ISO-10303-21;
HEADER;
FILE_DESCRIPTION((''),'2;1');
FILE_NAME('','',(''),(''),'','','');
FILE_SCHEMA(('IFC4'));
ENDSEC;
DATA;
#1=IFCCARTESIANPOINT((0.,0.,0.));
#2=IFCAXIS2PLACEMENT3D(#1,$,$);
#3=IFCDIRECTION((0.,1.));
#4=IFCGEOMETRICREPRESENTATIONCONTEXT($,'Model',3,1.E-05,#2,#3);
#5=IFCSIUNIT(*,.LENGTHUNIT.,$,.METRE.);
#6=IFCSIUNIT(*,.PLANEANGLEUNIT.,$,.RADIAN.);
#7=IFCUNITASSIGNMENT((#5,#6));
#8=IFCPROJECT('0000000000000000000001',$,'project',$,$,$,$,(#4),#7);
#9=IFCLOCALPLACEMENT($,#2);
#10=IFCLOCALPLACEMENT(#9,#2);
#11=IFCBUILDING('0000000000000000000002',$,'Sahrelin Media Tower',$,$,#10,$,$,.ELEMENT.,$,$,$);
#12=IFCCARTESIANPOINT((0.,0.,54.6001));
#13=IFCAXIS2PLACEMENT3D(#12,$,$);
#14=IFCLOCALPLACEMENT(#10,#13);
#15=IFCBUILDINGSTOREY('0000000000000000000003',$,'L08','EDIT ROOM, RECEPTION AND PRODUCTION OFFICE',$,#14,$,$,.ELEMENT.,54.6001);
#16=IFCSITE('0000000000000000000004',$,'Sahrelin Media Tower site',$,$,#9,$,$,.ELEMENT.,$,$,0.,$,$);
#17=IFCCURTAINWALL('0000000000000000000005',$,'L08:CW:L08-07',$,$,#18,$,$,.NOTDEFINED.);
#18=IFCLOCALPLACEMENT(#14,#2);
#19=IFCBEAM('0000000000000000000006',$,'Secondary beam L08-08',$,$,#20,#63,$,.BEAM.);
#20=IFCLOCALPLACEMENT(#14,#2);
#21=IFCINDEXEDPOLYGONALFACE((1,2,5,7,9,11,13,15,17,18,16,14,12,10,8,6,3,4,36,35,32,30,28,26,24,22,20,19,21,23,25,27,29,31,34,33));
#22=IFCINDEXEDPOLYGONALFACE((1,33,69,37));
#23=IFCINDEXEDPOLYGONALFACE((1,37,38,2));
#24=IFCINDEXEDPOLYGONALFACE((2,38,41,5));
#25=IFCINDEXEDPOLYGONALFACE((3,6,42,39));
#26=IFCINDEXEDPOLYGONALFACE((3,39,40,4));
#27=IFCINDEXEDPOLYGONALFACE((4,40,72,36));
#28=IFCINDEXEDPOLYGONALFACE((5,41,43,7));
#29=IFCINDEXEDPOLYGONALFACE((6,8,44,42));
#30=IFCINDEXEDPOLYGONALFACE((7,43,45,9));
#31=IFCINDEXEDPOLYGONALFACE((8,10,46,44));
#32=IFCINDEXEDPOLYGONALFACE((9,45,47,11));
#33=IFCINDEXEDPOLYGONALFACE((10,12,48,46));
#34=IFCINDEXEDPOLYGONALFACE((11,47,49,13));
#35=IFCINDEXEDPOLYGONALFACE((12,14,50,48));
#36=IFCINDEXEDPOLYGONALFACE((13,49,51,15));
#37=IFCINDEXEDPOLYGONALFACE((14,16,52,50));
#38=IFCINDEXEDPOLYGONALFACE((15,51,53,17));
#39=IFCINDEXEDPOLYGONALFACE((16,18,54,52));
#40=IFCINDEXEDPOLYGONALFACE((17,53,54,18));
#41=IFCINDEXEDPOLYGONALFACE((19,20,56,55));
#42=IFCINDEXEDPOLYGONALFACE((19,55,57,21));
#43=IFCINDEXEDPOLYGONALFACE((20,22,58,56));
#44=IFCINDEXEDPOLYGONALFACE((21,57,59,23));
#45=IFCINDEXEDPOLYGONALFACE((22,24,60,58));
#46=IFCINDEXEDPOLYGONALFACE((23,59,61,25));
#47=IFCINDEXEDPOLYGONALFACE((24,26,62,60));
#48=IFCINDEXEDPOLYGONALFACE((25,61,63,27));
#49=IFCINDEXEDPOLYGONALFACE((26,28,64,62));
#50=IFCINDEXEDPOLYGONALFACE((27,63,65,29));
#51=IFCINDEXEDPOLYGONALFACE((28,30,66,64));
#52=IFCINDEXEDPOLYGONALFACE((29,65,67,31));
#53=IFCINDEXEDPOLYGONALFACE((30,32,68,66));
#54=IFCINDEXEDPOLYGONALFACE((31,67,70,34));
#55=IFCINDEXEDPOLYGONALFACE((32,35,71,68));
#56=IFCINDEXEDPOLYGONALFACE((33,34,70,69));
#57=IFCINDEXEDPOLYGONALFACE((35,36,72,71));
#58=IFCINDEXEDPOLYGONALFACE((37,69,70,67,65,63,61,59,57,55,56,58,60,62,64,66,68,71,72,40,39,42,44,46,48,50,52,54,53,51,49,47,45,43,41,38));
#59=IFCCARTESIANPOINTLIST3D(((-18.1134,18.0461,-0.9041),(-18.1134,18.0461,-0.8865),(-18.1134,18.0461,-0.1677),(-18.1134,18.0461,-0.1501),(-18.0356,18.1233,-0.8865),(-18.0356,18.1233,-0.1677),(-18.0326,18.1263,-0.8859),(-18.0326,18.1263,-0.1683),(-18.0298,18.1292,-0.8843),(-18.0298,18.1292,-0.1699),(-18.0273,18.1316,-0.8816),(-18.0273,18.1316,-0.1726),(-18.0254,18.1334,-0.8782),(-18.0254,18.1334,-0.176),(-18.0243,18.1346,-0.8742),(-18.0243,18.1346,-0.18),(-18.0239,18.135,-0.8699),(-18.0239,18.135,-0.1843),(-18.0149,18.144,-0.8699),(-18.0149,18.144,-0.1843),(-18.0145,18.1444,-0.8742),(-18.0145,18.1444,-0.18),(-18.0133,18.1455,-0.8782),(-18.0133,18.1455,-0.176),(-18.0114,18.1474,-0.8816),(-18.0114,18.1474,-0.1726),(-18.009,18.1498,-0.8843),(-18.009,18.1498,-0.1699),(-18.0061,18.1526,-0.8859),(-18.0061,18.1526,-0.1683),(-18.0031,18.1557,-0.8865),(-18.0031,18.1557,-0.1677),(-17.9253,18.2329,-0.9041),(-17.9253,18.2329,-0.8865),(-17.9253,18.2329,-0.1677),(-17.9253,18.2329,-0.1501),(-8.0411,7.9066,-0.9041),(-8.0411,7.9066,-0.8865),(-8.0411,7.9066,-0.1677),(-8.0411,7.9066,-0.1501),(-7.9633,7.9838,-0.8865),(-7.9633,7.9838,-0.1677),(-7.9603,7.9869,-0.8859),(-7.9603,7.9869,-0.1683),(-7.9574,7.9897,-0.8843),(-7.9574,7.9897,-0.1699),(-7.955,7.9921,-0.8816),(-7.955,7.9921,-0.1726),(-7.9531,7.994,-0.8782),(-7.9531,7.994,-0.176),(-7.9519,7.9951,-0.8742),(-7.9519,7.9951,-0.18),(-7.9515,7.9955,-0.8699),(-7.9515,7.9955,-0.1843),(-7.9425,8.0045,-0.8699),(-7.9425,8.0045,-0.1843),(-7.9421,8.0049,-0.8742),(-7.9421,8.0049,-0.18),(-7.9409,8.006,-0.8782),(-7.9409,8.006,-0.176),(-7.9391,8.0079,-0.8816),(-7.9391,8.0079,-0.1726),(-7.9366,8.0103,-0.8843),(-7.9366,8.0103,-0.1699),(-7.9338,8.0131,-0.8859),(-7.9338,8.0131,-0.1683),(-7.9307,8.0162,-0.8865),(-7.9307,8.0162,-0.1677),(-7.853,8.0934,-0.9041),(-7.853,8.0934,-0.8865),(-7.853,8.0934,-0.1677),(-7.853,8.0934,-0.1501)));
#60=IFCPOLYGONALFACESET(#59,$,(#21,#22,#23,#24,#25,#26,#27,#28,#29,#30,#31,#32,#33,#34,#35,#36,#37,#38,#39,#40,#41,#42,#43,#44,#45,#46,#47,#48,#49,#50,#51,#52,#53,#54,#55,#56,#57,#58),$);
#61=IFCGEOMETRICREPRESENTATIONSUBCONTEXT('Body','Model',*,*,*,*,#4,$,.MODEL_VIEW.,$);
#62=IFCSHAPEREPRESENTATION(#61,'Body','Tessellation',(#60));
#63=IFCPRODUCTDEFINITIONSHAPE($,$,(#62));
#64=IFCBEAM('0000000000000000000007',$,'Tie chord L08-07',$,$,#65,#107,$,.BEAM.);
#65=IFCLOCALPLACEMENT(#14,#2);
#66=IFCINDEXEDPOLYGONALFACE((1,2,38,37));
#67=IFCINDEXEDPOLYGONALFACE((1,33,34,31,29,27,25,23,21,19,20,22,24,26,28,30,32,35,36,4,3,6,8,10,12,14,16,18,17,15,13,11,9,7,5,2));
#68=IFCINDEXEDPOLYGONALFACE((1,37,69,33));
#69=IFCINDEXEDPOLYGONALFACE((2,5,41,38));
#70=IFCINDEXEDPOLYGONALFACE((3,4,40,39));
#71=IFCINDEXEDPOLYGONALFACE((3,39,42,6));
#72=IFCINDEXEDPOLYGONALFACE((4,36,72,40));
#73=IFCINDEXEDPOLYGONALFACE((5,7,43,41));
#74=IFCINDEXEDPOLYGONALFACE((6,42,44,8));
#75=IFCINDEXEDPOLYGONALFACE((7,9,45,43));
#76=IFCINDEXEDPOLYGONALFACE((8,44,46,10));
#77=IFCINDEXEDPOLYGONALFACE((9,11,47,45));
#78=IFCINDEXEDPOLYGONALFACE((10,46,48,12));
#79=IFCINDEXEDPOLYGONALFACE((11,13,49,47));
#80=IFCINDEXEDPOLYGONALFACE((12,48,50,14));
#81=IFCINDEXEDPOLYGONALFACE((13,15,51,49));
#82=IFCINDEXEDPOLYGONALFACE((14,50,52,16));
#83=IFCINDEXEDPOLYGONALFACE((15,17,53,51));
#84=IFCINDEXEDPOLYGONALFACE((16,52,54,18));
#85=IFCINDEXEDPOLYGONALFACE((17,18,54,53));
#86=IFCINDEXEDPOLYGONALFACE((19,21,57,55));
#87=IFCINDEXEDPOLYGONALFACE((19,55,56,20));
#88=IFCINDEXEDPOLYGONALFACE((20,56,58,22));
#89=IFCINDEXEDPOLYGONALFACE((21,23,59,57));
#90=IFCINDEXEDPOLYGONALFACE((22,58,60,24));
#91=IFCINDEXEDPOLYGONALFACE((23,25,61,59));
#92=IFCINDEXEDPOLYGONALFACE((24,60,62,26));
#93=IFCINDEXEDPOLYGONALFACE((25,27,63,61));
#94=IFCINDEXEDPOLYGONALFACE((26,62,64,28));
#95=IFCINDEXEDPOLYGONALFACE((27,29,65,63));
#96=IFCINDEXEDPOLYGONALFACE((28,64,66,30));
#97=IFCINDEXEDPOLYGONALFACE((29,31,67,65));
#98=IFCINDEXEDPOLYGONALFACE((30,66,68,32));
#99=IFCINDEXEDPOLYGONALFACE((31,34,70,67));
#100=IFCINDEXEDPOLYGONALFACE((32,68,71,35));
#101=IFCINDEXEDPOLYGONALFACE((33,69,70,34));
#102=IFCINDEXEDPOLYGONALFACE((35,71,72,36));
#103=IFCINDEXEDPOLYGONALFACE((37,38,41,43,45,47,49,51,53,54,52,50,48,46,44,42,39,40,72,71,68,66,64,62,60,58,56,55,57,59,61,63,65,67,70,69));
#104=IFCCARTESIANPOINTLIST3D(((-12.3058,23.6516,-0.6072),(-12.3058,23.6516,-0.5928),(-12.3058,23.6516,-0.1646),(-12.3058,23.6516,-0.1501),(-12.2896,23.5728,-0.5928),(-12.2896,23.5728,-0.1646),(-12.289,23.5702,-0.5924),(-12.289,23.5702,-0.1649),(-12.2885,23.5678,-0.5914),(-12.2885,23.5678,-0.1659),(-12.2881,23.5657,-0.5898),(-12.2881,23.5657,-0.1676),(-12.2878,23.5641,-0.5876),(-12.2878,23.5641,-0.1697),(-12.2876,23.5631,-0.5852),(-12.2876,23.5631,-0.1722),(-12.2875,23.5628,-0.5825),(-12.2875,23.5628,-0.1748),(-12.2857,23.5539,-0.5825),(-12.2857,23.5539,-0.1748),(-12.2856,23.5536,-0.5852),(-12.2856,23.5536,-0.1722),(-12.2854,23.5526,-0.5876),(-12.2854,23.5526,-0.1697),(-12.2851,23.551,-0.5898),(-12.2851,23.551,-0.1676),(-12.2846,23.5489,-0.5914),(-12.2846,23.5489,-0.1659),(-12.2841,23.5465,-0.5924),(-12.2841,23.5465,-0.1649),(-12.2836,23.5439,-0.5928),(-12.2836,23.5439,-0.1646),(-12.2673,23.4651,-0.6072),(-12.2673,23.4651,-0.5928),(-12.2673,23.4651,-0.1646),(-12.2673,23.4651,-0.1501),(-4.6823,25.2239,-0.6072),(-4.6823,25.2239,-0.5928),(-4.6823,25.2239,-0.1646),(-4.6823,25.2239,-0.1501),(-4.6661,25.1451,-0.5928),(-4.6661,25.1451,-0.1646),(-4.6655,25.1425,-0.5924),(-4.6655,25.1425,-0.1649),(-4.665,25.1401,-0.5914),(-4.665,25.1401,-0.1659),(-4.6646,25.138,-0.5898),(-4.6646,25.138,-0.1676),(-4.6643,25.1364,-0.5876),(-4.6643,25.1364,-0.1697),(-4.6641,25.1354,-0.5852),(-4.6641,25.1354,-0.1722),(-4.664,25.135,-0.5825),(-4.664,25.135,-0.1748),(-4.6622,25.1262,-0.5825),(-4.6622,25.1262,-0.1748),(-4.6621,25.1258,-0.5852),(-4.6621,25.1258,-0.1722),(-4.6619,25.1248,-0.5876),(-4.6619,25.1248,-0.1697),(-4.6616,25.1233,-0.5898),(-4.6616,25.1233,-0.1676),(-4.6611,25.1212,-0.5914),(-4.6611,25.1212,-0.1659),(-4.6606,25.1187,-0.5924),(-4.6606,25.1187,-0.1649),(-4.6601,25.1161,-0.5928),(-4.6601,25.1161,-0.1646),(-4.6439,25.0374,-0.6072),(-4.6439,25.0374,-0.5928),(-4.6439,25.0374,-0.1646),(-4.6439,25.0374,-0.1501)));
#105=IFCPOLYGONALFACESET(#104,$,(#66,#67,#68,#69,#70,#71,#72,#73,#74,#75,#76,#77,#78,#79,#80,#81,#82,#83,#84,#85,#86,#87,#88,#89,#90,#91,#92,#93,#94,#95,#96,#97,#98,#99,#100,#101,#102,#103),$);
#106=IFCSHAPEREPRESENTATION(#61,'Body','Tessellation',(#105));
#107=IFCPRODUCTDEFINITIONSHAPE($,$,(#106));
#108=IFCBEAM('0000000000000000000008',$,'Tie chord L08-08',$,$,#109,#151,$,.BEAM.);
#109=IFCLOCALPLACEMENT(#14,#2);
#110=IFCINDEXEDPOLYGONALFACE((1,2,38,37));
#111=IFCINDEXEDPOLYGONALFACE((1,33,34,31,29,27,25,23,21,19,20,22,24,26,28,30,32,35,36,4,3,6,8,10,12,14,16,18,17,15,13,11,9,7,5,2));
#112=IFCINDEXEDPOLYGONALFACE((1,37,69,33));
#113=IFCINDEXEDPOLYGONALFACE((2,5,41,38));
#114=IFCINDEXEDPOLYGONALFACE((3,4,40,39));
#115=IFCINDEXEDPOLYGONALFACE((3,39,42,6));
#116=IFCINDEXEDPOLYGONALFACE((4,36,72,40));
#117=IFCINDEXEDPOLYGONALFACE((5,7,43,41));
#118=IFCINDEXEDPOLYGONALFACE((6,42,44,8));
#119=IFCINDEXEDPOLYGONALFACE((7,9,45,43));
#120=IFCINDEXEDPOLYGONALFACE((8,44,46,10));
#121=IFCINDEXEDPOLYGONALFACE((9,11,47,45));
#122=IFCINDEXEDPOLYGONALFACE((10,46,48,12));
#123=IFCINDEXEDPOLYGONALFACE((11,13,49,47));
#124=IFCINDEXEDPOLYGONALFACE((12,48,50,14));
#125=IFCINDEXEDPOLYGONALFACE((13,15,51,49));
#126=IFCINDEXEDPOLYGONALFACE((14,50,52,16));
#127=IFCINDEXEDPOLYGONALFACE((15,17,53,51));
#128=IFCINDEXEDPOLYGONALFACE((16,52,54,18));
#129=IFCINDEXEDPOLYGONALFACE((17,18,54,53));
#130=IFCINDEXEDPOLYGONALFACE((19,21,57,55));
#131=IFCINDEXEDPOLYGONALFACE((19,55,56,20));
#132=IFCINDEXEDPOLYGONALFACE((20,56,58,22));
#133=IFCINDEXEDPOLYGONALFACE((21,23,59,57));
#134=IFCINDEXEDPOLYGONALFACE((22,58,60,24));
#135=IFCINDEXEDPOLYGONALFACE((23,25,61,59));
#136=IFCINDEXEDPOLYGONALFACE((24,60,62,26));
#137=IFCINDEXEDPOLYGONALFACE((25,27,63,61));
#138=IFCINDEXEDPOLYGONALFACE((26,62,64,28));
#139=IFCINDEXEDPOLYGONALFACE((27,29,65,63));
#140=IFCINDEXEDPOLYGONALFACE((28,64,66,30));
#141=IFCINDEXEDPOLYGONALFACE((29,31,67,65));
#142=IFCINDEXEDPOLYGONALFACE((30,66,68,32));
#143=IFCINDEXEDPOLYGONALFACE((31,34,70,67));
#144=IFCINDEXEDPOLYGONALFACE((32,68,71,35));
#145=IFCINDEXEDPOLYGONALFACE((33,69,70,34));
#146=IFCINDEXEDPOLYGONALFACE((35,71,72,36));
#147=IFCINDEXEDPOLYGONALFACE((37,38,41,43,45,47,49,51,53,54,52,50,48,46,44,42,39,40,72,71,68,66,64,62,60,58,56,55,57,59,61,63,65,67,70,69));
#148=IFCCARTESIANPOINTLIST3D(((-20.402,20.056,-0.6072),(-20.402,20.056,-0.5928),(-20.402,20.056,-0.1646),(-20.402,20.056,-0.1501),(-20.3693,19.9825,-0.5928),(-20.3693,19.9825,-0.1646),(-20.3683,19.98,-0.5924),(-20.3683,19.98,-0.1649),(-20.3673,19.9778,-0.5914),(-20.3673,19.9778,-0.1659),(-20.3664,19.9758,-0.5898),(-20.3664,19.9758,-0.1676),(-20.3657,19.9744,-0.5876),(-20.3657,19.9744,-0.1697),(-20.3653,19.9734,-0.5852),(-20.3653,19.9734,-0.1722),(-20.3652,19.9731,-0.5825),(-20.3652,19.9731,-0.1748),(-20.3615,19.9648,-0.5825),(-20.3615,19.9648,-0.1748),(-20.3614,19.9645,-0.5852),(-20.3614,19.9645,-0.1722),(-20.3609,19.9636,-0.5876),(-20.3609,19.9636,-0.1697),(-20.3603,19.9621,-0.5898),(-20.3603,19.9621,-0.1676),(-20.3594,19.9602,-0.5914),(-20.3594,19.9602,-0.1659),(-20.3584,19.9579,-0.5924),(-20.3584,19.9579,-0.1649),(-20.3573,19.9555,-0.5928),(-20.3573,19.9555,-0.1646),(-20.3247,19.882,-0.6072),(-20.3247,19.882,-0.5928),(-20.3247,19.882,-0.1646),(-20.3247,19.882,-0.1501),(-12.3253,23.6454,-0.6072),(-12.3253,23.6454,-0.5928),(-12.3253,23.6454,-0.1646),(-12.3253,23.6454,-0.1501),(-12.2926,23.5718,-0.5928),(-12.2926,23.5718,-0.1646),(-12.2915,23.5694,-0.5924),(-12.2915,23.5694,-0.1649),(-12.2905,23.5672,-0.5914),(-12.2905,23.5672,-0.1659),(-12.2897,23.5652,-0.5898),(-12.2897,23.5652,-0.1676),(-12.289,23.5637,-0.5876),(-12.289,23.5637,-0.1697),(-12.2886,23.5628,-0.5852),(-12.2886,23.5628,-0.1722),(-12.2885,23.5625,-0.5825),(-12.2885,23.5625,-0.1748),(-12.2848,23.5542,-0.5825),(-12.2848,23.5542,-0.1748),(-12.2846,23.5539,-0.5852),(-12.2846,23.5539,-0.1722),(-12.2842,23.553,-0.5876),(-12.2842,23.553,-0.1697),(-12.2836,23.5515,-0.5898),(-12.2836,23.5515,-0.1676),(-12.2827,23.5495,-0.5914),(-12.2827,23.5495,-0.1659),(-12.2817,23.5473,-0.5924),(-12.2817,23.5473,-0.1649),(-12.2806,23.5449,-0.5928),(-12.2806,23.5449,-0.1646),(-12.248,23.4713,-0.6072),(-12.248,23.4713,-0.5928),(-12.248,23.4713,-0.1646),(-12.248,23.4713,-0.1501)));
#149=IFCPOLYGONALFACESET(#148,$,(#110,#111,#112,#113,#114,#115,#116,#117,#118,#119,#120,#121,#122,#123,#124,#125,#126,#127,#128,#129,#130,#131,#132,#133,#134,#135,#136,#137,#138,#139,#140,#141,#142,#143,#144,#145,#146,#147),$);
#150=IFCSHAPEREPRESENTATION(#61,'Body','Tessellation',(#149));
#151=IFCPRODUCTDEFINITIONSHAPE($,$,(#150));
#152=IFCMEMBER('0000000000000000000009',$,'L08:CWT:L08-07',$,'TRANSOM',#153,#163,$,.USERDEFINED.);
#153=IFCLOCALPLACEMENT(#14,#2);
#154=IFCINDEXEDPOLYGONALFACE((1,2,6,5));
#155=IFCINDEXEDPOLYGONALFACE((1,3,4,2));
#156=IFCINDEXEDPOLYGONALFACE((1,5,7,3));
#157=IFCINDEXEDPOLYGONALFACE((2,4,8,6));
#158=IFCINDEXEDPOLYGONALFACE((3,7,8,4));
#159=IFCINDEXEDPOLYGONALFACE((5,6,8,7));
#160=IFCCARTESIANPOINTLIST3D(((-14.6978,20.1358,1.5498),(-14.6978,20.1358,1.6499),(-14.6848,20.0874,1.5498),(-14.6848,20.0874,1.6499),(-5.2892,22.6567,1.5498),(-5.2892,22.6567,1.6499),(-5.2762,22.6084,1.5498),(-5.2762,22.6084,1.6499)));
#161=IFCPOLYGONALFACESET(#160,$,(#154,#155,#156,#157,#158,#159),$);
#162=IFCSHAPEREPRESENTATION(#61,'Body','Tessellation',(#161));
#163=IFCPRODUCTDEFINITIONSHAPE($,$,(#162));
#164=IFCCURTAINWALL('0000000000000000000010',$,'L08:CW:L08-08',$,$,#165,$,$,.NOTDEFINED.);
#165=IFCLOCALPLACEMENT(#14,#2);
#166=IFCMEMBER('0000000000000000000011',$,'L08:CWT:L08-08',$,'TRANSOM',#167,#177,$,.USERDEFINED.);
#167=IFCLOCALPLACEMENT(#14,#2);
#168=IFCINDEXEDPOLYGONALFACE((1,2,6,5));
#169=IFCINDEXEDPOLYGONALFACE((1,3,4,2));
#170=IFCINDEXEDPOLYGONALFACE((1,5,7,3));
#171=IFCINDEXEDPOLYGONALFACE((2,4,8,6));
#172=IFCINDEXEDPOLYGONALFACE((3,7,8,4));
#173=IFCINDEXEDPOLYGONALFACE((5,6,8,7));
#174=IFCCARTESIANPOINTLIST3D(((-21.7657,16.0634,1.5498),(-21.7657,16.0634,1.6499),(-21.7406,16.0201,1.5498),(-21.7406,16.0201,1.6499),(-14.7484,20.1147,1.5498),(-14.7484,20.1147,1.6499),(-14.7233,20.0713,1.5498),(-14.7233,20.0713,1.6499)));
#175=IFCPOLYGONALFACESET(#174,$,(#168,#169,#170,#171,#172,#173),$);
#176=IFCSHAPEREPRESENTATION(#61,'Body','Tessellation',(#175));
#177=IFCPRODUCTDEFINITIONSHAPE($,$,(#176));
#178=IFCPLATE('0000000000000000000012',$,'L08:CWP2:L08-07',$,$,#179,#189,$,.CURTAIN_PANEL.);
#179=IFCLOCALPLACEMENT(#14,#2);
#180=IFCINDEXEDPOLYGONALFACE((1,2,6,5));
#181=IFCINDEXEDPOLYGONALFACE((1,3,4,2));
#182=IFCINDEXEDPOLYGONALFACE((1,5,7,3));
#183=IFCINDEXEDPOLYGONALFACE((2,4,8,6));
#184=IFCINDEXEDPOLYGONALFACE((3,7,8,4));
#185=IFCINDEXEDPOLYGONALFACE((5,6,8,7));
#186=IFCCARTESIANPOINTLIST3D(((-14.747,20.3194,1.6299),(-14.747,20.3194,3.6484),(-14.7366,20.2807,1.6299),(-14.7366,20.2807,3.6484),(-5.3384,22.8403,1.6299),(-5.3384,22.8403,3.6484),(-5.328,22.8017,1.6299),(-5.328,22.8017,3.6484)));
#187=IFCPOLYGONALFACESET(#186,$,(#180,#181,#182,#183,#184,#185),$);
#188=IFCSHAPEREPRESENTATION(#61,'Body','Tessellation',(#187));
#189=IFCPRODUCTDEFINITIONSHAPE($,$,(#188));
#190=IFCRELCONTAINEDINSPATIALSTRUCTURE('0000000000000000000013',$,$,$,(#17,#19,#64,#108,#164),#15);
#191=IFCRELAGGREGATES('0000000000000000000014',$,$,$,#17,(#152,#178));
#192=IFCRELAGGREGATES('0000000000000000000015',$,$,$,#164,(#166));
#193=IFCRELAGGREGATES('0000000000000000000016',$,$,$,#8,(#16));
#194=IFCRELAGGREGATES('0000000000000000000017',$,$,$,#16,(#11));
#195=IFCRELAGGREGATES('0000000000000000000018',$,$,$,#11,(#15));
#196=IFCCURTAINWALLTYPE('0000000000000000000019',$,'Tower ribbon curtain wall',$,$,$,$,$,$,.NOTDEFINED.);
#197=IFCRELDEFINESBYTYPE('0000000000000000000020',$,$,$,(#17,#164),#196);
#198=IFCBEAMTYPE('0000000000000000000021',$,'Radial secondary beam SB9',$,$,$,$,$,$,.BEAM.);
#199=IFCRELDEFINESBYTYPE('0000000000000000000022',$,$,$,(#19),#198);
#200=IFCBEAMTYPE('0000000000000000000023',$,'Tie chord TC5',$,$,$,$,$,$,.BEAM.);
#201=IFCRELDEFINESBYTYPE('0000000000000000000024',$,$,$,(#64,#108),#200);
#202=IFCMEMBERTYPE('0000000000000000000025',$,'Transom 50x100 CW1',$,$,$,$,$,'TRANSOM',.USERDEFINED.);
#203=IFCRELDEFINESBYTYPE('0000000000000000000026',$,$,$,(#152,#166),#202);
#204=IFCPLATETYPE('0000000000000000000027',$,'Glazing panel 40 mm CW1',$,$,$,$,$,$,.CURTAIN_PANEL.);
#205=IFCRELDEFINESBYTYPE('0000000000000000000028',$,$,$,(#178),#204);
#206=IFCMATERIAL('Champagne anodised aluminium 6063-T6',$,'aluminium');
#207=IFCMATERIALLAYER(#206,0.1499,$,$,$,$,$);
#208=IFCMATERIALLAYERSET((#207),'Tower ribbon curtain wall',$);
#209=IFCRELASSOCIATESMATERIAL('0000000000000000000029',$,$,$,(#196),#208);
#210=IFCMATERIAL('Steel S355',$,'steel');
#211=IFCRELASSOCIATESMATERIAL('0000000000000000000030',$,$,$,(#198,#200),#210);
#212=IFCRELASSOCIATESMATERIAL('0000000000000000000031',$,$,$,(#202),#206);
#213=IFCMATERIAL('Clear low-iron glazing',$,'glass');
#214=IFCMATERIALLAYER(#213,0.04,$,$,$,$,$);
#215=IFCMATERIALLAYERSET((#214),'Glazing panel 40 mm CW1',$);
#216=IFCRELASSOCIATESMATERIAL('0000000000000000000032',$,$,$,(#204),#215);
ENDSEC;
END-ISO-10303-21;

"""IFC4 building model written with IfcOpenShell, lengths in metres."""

from ifc_helpers import new_model, si_unit, direction, frame, origin, origin_2d, place, context, subcontext, project, spatial, polyline, rectangle, i_section, outline, extrude, material, layer, layer_set, material_profile, profile_set, type_object, element, aggregate, save


model = new_model("IFC4")

# Units and contexts
model_context = context("Model", 3, precision=1e-05, world=origin(), true_north=direction((0.0, 1.0)))
body_context = subcontext(model_context, "Body", "Model", "MODEL_VIEW")
ifc_project = project(units=[si_unit("LENGTHUNIT", "METRE"), si_unit("PLANEANGLEUNIT", "RADIAN")], contexts=[model_context])

# Site, building, storey
site_placement = place(None, origin())
site = spatial("IfcSite", under=ifc_project, at=site_placement, Name="Sahrelin Media Tower site", CompositionType="ELEMENT", RefElevation=0.0)
building_placement = place(site_placement, origin())
building = spatial("IfcBuilding", under=site, at=building_placement, Name="Sahrelin Media Tower", CompositionType="ELEMENT")
storey_placement = place(building_placement, frame((0.0, 0.0, 54.6001)))
storey = spatial("IfcBuildingStorey", under=building, at=storey_placement, Name="L08", Description="EDIT ROOM, RECEPTION AND PRODUCTION OFFICE", CompositionType="ELEMENT", Elevation=54.6001)

# Shared definitions
ifc_material_1 = material(Name="Steel S355", Category="steel")

# Curtain wall
ifc_material_2 = material(Name="Champagne anodised aluminium 6063-T6", Category="aluminium")
ifc_layer_1 = layer(ifc_material_2, 0.1499)
ifc_layer_set_1 = layer_set([ifc_layer_1], Name="Tower ribbon curtain wall")
curtain_wall_type = type_object("IfcCurtainWallType", Name="Tower ribbon curtain wall", PredefinedType="NOTDEFINED", material=ifc_layer_set_1)
curtain_wall_1_placement = place(storey_placement, frame((-10.0376, 21.5603, 0.0), z_axis=(0.0, 0.0, 1.0), x_axis=(1.0, 0.0, 0.0)))
curtain_wall_1 = element("IfcCurtainWall", 1, at=curtain_wall_1_placement, inside=storey, type_object=curtain_wall_type, Name="L08:CW:L08-07", PredefinedType="NOTDEFINED")

# Beams
ifc_material_profile_1 = material_profile(ifc_material_1, i_section(OverallWidth=0.2651, OverallDepth=0.7539, WebThickness=0.0127, FlangeThickness=0.0176, FilletRadius=0.0166, at=origin_2d()), Name="UB 762x267x147")
ifc_profile_set_1 = profile_set([ifc_material_profile_1], Name="Steel S355")
beam_type_1 = type_object("IfcBeamType", Name="Radial secondary beam SB9", PredefinedType="BEAM", material=ifc_profile_set_1)
beam_1_placement = place(storey_placement, frame((-7.947, 8.0, -0.5271), z_axis=(-0.704754, 0.709452, 0.0), x_axis=(-0.709452, -0.704754, 0.0)))
element("IfcBeam", 2, at=beam_1_placement, inside=storey, type_object=beam_type_1, Name="Secondary beam L08-08", PredefinedType="BEAM", context=body_context, shape_type="SweptSolid", body=[
    extrude(i_section(OverallWidth=0.2651, OverallDepth=0.7539, WebThickness=0.0127, FlangeThickness=0.0176, FilletRadius=0.0166, at=origin_2d()), origin(), (0.0, 0.0, 1.0), 14.292),
])
ifc_material_profile_2 = material_profile(ifc_material_1, i_section(OverallWidth=0.1904, OverallDepth=0.457, WebThickness=0.009, FlangeThickness=0.0144, FilletRadius=0.0103, at=origin_2d()), Name="UB 457x191x74")
ifc_profile_set_2 = profile_set([ifc_material_profile_2], Name="Steel S355")
beam_type_2 = type_object("IfcBeamType", Name="Tie chord TC5", PredefinedType="BEAM", material=ifc_profile_set_2)
beam_2_placement = place(storey_placement, frame((-4.6631, 25.1306, -0.3787), z_axis=(-0.979388, -0.201987, 0.0), x_axis=(0.201987, -0.979388, 0.0)))
element("IfcBeam", 3, at=beam_2_placement, inside=storey, type_object=beam_type_2, Name="Tie chord L08-07", PredefinedType="BEAM", context=body_context, shape_type="SweptSolid", body=[
    extrude(i_section(OverallWidth=0.1904, OverallDepth=0.457, WebThickness=0.009, FlangeThickness=0.0144, FilletRadius=0.0103, at=origin_2d()), origin(), (0.0, 0.0, 1.0), 7.7839),
])
beam_3_placement = place(storey_placement, frame((-12.2866, 23.5583, -0.3787), z_axis=(-0.913823, -0.406113, 0.0), x_axis=(0.406113, -0.913823, 0.0)))
element("IfcBeam", 4, at=beam_3_placement, inside=storey, type_object=beam_type_2, Name="Tie chord L08-08", PredefinedType="BEAM", context=body_context, shape_type="SweptSolid", body=[
    extrude(i_section(OverallWidth=0.1904, OverallDepth=0.457, WebThickness=0.009, FlangeThickness=0.0144, FilletRadius=0.0103, at=origin_2d()), origin(), (0.0, 0.0, 1.0), 8.8384),
])

# Member
ifc_material_profile_3 = material_profile(ifc_material_2, rectangle(XDim=0.05, YDim=0.1001, at=origin_2d()), Name="Transom 50x100")
ifc_profile_set_3 = profile_set([ifc_material_profile_3], Name="Champagne anodised aluminium 6063-T6")
member_type_1 = type_object("IfcMemberType", Name="Transom 50x100 CW1", ElementType="TRANSOM", PredefinedType="USERDEFINED", material=ifc_profile_set_3)
member_1_placement = place(storey_placement, frame((-5.2827, 22.6326, 1.5999), z_axis=(-0.965927, -0.258814, 0.0), x_axis=(0.258814, -0.965927, 0.0)))
member_1 = element("IfcMember", 5, at=member_1_placement, type_object=member_type_1, Name="L08:CWT:L08-07", ObjectType="TRANSOM", PredefinedType="USERDEFINED", context=body_context, shape_type="SweptSolid", body=[
    extrude(rectangle(XDim=0.05, YDim=0.1001, at=origin_2d()), origin(), (0.0, 0.0, 1.0), 9.7405),
])

# Curtain wall, member
curtain_wall_2_placement = place(storey_placement, frame((-18.342, 18.2363, 0.0), z_axis=(0.0, 0.0, 1.0), x_axis=(1.0, 0.0, 0.0)))
curtain_wall_2 = element("IfcCurtainWall", 6, at=curtain_wall_2_placement, inside=storey, type_object=curtain_wall_type, Name="L08:CW:L08-08", PredefinedType="NOTDEFINED")
member_2_placement = place(storey_placement, frame((-14.7358, 20.093, 1.5999), z_axis=(-0.866036, -0.499982, 0.0), x_axis=(0.499982, -0.866036, 0.0)))
member_2 = element("IfcMember", 7, at=member_2_placement, type_object=member_type_1, Name="L08:CWT:L08-08", ObjectType="TRANSOM", PredefinedType="USERDEFINED", context=body_context, shape_type="SweptSolid", body=[
    extrude(rectangle(XDim=0.05, YDim=0.1001, at=origin_2d()), origin(), (0.0, 0.0, 1.0), 8.1028),
])

# Plate
ifc_material_3 = material(Name="Clear low-iron glazing", Category="glass")
ifc_layer_2 = layer(ifc_material_3, 0.04)
ifc_layer_set_2 = layer_set([ifc_layer_2], Name="Glazing panel 40 mm CW1")
plate_type_1 = type_object("IfcPlateType", Name="Glazing panel 40 mm CW1", PredefinedType="CURTAIN_PANEL", material=ifc_layer_set_2)
plate_1_placement = place(storey_placement, frame((-5.3384, 22.8403, 1.6299), z_axis=(-0.258814, 0.965927, 0.0), x_axis=(-0.965927, -0.258814, 0.0)))
plate_1 = element("IfcPlate", 8, at=plate_1_placement, type_object=plate_type_1, Name="L08:CWP2:L08-07", PredefinedType="CURTAIN_PANEL", context=body_context, shape_type="SweptSolid", body=[
    extrude(outline(polyline([(0.0, 0.0), (9.7405, 0.0), (9.7405, 2.0186), (0.0, 2.0186), (0.0, 0.0)])), origin(), (0.0, 0.0, -1.0), 0.04),
])
aggregate(curtain_wall_1, [member_1, plate_1])
aggregate(curtain_wall_2, [member_2])

save(model, "model.ifc")
